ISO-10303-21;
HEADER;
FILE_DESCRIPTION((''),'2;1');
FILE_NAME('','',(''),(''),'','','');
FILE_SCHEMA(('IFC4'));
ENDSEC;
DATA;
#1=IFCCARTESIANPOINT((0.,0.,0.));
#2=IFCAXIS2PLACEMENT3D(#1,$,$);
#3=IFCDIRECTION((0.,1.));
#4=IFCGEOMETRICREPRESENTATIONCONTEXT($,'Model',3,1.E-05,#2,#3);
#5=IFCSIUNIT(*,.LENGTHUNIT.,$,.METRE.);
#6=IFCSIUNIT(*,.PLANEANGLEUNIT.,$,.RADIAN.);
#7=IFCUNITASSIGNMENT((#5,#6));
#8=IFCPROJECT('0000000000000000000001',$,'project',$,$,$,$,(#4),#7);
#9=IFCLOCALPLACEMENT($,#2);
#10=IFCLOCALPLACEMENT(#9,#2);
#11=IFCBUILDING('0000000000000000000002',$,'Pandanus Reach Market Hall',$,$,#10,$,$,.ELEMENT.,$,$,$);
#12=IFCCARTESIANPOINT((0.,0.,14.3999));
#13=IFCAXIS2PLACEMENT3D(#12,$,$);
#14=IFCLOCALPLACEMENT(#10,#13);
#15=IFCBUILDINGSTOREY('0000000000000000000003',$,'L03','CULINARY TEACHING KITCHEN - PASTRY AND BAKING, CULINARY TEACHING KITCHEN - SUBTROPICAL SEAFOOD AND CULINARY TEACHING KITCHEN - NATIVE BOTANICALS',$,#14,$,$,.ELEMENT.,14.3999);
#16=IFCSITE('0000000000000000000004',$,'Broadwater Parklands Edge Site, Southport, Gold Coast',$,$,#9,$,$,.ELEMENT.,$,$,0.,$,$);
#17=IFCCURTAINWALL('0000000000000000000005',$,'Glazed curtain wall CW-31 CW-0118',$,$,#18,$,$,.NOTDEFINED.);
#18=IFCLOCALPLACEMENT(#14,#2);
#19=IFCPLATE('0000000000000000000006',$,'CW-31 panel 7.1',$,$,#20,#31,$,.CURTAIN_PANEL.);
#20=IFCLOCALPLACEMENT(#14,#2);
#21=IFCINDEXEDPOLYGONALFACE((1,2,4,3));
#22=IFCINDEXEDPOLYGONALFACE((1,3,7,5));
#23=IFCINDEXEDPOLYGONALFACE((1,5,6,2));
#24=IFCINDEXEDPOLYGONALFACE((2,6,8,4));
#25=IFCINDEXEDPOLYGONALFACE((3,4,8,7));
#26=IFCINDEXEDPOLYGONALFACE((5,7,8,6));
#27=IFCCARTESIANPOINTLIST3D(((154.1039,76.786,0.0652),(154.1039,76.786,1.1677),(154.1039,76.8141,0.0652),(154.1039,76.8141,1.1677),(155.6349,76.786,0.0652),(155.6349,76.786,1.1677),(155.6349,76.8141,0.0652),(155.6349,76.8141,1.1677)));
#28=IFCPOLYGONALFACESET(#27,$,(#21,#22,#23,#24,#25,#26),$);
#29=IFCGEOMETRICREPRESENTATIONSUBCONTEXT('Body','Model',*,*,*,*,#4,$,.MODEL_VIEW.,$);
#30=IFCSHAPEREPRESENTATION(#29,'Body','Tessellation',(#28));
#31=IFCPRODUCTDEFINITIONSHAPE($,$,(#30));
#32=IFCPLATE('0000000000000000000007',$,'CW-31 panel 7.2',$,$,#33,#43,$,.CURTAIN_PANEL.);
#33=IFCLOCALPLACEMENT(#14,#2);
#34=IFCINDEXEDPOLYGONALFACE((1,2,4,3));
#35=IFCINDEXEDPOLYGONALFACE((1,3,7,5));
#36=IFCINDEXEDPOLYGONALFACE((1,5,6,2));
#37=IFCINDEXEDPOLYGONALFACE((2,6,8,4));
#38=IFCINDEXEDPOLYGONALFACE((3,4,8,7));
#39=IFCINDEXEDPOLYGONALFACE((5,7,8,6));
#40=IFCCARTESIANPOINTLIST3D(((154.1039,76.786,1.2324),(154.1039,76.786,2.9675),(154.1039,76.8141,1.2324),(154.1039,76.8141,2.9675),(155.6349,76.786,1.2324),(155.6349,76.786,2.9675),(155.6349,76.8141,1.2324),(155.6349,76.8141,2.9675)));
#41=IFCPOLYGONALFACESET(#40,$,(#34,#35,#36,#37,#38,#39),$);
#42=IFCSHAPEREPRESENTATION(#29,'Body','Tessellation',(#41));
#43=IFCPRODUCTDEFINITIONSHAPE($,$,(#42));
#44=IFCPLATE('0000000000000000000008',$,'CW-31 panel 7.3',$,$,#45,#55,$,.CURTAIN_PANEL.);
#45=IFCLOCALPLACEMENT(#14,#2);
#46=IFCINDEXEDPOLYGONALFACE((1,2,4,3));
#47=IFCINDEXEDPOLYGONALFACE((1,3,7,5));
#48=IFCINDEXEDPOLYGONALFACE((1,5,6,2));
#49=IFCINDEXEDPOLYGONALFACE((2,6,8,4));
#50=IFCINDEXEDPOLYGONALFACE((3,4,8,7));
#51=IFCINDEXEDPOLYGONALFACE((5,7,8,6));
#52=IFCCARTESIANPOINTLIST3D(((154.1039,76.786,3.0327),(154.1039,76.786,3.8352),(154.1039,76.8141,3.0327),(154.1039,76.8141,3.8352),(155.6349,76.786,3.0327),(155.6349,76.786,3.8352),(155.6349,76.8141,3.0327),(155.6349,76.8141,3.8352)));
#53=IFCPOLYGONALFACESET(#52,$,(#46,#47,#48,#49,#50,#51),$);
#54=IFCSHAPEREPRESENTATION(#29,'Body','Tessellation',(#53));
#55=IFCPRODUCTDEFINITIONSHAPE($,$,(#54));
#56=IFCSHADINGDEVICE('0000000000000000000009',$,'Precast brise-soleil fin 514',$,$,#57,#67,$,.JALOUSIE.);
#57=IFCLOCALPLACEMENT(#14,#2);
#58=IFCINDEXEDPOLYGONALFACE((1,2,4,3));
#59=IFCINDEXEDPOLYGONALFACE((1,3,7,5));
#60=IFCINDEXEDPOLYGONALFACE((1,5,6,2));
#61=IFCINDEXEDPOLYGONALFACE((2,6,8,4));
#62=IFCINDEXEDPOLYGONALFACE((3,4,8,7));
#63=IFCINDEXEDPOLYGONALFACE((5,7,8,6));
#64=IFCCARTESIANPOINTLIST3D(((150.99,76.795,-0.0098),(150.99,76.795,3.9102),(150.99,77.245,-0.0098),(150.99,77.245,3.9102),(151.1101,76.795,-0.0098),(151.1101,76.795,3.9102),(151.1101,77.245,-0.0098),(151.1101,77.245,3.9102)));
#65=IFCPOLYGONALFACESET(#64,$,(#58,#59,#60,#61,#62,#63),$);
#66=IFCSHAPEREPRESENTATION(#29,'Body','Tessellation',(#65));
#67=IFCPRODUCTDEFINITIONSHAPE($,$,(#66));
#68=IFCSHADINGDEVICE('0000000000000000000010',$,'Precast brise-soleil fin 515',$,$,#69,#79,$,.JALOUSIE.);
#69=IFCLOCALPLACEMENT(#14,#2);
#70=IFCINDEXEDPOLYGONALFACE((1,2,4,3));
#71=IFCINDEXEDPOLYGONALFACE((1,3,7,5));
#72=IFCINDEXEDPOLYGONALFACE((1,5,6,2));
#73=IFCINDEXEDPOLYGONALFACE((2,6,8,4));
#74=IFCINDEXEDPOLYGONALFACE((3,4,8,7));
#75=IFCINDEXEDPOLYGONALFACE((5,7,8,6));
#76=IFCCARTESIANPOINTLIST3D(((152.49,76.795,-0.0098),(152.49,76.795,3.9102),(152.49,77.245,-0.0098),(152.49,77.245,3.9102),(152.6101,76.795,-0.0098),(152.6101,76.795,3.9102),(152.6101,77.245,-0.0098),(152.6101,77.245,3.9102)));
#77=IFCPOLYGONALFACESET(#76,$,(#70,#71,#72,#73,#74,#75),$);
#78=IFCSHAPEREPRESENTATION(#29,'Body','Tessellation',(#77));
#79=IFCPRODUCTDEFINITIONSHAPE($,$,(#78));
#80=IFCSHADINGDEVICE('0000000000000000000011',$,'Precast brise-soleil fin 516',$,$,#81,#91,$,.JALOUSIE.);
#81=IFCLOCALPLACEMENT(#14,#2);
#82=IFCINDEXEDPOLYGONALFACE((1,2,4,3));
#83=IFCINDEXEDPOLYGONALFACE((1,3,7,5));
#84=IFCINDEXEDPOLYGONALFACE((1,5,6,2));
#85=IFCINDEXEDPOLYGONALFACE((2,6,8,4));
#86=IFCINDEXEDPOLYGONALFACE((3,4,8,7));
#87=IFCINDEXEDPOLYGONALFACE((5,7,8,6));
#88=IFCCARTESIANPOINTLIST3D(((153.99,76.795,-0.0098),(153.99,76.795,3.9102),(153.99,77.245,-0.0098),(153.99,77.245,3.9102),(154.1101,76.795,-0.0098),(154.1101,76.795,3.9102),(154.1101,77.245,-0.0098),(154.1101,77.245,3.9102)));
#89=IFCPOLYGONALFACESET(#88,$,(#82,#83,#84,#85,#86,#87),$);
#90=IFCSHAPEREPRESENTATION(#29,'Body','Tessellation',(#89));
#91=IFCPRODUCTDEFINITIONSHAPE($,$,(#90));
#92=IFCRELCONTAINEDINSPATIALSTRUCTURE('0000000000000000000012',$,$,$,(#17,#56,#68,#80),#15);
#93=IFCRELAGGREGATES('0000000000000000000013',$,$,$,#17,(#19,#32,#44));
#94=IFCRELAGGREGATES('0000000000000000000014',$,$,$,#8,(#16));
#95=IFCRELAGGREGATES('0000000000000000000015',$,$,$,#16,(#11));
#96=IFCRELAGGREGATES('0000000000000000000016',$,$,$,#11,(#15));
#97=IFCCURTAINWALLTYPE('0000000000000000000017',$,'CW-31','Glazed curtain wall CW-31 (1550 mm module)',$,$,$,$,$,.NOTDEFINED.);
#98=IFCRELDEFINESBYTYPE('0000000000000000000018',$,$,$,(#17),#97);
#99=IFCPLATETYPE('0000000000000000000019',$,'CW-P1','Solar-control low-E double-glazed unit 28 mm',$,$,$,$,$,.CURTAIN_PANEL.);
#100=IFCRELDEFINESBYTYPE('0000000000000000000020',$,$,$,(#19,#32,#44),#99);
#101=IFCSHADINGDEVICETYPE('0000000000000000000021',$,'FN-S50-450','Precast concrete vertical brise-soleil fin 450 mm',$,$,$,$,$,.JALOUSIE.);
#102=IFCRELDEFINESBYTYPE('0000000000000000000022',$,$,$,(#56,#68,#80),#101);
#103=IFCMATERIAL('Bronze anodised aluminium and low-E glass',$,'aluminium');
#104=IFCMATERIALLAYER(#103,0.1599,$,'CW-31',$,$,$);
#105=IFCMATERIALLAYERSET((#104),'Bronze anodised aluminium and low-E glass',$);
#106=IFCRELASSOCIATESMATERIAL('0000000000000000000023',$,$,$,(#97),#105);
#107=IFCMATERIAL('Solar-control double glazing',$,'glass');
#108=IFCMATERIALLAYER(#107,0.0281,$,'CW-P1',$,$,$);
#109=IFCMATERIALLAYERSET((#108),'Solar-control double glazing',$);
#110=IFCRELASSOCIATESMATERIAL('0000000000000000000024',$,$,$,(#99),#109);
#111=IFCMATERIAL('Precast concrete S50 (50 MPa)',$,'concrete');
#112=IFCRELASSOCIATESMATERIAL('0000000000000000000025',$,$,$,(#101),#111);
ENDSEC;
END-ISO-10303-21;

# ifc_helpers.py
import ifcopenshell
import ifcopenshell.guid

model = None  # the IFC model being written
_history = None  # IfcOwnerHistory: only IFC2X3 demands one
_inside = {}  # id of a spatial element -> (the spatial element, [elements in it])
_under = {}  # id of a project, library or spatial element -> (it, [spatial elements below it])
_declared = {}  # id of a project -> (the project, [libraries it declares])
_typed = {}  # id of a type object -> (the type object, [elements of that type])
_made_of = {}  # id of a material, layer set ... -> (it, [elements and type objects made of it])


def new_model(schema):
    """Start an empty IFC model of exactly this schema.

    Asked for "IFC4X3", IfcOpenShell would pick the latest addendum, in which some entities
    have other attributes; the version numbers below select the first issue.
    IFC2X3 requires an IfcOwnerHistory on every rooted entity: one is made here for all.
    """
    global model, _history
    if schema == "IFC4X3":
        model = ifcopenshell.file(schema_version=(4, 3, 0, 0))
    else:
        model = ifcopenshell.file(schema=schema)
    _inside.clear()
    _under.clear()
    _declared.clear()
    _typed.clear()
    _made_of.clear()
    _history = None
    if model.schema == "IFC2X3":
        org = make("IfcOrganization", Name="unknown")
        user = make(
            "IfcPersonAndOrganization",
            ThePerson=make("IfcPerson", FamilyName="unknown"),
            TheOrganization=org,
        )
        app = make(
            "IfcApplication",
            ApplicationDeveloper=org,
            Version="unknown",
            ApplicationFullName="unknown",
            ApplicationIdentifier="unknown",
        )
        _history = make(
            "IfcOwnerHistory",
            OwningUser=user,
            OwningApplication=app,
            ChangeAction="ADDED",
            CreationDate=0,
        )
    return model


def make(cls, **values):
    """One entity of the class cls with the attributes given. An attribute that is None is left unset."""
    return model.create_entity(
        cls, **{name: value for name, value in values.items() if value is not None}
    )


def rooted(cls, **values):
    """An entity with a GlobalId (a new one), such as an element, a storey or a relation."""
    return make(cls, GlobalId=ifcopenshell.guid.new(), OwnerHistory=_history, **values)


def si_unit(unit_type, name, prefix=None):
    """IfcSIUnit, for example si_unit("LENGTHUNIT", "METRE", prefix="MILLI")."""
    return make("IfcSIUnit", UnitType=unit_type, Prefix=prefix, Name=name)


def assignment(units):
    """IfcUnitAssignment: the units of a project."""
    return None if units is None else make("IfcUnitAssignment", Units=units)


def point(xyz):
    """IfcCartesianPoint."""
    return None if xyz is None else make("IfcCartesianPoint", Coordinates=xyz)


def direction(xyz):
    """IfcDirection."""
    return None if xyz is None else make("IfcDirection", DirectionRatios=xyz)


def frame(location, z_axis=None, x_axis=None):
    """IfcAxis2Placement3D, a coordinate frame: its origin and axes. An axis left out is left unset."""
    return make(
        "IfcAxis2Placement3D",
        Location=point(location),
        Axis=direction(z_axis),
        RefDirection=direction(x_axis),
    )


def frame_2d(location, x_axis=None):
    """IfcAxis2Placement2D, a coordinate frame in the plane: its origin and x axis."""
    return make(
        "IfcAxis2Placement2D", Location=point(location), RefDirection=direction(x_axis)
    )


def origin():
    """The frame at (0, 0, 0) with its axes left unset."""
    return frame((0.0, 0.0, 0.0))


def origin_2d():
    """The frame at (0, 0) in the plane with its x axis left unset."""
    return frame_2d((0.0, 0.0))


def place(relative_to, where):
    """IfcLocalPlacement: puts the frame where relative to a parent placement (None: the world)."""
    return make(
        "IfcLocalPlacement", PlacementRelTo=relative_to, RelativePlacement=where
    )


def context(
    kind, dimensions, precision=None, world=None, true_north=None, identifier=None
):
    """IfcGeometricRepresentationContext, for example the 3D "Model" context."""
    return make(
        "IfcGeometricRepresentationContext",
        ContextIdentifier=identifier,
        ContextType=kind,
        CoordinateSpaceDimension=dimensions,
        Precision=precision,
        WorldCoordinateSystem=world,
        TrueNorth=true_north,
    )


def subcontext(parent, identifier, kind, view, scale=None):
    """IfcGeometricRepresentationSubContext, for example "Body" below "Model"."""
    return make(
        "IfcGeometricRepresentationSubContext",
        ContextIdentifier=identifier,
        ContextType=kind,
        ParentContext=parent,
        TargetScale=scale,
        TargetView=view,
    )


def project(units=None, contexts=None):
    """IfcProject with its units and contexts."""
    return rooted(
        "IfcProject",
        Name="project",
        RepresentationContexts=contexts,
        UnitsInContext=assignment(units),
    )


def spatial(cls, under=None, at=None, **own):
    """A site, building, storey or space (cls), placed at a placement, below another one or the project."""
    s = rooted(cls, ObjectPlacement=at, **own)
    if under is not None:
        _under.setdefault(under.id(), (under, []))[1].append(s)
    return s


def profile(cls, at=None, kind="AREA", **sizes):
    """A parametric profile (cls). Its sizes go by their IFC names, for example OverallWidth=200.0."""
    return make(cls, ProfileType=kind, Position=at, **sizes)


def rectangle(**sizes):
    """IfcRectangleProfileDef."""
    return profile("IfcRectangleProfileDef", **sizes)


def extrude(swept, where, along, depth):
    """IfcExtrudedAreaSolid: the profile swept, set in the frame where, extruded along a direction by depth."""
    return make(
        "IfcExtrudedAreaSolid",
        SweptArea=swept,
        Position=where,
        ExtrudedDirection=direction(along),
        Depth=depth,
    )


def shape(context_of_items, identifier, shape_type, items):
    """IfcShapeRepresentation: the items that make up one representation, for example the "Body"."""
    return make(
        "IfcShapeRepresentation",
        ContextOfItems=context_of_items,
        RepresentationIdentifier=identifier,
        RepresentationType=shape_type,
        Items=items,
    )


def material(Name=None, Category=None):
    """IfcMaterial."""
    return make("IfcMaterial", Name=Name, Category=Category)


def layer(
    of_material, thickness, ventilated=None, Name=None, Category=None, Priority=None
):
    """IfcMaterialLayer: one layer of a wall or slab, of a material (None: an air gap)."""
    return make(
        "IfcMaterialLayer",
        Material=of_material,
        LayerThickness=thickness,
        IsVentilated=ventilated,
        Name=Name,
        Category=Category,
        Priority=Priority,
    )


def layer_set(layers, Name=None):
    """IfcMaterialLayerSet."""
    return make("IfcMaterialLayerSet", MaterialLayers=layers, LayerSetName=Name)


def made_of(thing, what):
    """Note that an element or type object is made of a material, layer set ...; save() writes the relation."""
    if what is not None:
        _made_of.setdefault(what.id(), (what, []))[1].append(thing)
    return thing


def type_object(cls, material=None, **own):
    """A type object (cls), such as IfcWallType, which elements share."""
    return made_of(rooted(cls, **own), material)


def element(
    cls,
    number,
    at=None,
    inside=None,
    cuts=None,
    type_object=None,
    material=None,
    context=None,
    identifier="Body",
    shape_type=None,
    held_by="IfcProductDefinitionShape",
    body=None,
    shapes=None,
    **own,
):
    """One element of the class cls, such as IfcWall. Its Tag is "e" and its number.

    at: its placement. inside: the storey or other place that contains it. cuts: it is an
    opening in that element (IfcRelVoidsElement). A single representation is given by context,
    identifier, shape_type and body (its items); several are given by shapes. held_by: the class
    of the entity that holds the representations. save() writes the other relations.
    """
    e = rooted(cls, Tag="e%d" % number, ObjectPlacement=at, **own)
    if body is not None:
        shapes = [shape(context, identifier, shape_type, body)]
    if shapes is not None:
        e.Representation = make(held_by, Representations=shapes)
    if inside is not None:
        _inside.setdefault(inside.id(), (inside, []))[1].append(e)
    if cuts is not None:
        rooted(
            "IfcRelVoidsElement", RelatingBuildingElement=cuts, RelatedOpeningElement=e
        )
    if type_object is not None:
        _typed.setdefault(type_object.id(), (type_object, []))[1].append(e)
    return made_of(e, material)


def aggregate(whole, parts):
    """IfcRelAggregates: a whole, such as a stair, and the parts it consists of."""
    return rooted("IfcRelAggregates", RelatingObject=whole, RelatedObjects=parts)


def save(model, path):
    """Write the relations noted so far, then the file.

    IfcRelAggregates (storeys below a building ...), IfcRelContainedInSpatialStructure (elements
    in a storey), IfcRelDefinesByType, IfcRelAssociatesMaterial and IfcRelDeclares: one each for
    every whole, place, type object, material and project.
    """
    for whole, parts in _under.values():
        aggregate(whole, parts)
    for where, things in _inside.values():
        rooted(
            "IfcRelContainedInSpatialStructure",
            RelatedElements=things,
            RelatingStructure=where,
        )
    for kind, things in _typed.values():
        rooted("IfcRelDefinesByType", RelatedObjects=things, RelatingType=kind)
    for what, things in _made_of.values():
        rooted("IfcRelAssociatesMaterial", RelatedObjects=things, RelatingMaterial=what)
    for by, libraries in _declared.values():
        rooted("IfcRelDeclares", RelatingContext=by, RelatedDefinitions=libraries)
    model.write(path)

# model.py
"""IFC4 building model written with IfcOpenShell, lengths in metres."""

from ifc_helpers import new_model, si_unit, direction, frame, origin, origin_2d, place, context, subcontext, project, spatial, rectangle, extrude, material, layer, layer_set, type_object, element, aggregate, save


model = new_model("IFC4")

# Units and contexts
model_context = context("Model", 3, precision=1e-05, world=origin(), true_north=direction((0.0, 1.0)))
body_context = subcontext(model_context, "Body", "Model", "MODEL_VIEW")
ifc_project = project(units=[si_unit("LENGTHUNIT", "METRE"), si_unit("PLANEANGLEUNIT", "RADIAN")], contexts=[model_context])

# Site, building, storey
site_placement = place(None, origin())
site = spatial("IfcSite", under=ifc_project, at=site_placement, Name="Broadwater Parklands Edge Site, Southport, Gold Coast", CompositionType="ELEMENT", RefElevation=0.0)
building_placement = place(site_placement, origin())
building = spatial("IfcBuilding", under=site, at=building_placement, Name="Pandanus Reach Market Hall", CompositionType="ELEMENT")
storey_placement = place(building_placement, frame((0.0, 0.0, 14.3999)))
storey = spatial("IfcBuildingStorey", under=building, at=storey_placement, Name="L03", Description="CULINARY TEACHING KITCHEN - PASTRY AND BAKING, CULINARY TEACHING KITCHEN - SUBTROPICAL SEAFOOD AND CULINARY TEACHING KITCHEN - NATIVE BOTANICALS", CompositionType="ELEMENT", Elevation=14.3999)

# Curtain wall, plates
ifc_material_1 = material(Name="Bronze anodised aluminium and low-E glass", Category="aluminium")
ifc_layer_1 = layer(ifc_material_1, 0.1599, Name="CW-31")
ifc_layer_set_1 = layer_set([ifc_layer_1], Name="Bronze anodised aluminium and low-E glass")
curtain_wall_type = type_object("IfcCurtainWallType", Name="CW-31", Description="Glazed curtain wall CW-31 (1550 mm module)", PredefinedType="NOTDEFINED", material=ifc_layer_set_1)
curtain_wall_placement = place(storey_placement, origin())
curtain_wall = element("IfcCurtainWall", 1, at=curtain_wall_placement, inside=storey, type_object=curtain_wall_type, Name="Glazed curtain wall CW-31 CW-0118", PredefinedType="NOTDEFINED")
ifc_material_2 = material(Name="Solar-control double glazing", Category="glass")
ifc_layer_2 = layer(ifc_material_2, 0.0281, Name="CW-P1")
ifc_layer_set_2 = layer_set([ifc_layer_2], Name="Solar-control double glazing")
plate_type = type_object("IfcPlateType", Name="CW-P1", Description="Solar-control low-E double-glazed unit 28 mm", PredefinedType="CURTAIN_PANEL", material=ifc_layer_set_2)
plate_1_placement = place(storey_placement, frame((154.8694, 76.8, 0.0652), z_axis=(0.0, 0.0, 1.0), x_axis=(1.0, 0.0, 0.0)))
plate_1 = element("IfcPlate", 2, at=plate_1_placement, type_object=plate_type, Name="CW-31 panel 7.1", PredefinedType="CURTAIN_PANEL", context=body_context, shape_type="SweptSolid", body=[
    extrude(rectangle(XDim=1.531, YDim=0.0281, at=origin_2d()), origin(), (0.0, 0.0, 1.0), 1.1025),
])
plate_2_placement = place(storey_placement, frame((154.8694, 76.8, 1.2324), z_axis=(0.0, 0.0, 1.0), x_axis=(1.0, 0.0, 0.0)))
plate_2 = element("IfcPlate", 3, at=plate_2_placement, type_object=plate_type, Name="CW-31 panel 7.2", PredefinedType="CURTAIN_PANEL", context=body_context, shape_type="SweptSolid", body=[
    extrude(rectangle(XDim=1.531, YDim=0.0281, at=origin_2d()), origin(), (0.0, 0.0, 1.0), 1.7351),
])
plate_3_placement = place(storey_placement, frame((154.8694, 76.8, 3.0327), z_axis=(0.0, 0.0, 1.0), x_axis=(1.0, 0.0, 0.0)))
plate_3 = element("IfcPlate", 4, at=plate_3_placement, type_object=plate_type, Name="CW-31 panel 7.3", PredefinedType="CURTAIN_PANEL", context=body_context, shape_type="SweptSolid", body=[
    extrude(rectangle(XDim=1.531, YDim=0.0281, at=origin_2d()), origin(), (0.0, 0.0, 1.0), 0.8025),
])
aggregate(curtain_wall, [plate_1, plate_2, plate_3])

# Shading devices
ifc_material_3 = material(Name="Precast concrete S50 (50 MPa)", Category="concrete")
shading_device_type = type_object("IfcShadingDeviceType", Name="FN-S50-450", Description="Precast concrete vertical brise-soleil fin 450 mm", PredefinedType="JALOUSIE", material=ifc_material_3)
for number, where, z_axis, x_axis, name in (
    (5, (151.05, 77.02, -0.0098), (0.0, 0.0, 1.0), (0.0, 1.0, 0.0), "Precast brise-soleil fin 514"),
    (6, (152.55, 77.02, -0.0098), (0.0, 0.0, 1.0), (0.0, 1.0, 0.0), "Precast brise-soleil fin 515"),
    (7, (154.05, 77.02, -0.0098), (0.0, 0.0, 1.0), (0.0, 1.0, 0.0), "Precast brise-soleil fin 516"),
):
    element("IfcShadingDevice", number, at=place(storey_placement, frame(where, z_axis=z_axis, x_axis=x_axis)), inside=storey, type_object=shading_device_type, Name=name, PredefinedType="JALOUSIE", context=body_context, shape_type="SweptSolid", body=[
        extrude(rectangle(XDim=0.45, YDim=0.1201, at=origin_2d()), origin(), (0.0, 0.0, 1.0), 3.9199),
    ])

save(model, "model.ifc")
